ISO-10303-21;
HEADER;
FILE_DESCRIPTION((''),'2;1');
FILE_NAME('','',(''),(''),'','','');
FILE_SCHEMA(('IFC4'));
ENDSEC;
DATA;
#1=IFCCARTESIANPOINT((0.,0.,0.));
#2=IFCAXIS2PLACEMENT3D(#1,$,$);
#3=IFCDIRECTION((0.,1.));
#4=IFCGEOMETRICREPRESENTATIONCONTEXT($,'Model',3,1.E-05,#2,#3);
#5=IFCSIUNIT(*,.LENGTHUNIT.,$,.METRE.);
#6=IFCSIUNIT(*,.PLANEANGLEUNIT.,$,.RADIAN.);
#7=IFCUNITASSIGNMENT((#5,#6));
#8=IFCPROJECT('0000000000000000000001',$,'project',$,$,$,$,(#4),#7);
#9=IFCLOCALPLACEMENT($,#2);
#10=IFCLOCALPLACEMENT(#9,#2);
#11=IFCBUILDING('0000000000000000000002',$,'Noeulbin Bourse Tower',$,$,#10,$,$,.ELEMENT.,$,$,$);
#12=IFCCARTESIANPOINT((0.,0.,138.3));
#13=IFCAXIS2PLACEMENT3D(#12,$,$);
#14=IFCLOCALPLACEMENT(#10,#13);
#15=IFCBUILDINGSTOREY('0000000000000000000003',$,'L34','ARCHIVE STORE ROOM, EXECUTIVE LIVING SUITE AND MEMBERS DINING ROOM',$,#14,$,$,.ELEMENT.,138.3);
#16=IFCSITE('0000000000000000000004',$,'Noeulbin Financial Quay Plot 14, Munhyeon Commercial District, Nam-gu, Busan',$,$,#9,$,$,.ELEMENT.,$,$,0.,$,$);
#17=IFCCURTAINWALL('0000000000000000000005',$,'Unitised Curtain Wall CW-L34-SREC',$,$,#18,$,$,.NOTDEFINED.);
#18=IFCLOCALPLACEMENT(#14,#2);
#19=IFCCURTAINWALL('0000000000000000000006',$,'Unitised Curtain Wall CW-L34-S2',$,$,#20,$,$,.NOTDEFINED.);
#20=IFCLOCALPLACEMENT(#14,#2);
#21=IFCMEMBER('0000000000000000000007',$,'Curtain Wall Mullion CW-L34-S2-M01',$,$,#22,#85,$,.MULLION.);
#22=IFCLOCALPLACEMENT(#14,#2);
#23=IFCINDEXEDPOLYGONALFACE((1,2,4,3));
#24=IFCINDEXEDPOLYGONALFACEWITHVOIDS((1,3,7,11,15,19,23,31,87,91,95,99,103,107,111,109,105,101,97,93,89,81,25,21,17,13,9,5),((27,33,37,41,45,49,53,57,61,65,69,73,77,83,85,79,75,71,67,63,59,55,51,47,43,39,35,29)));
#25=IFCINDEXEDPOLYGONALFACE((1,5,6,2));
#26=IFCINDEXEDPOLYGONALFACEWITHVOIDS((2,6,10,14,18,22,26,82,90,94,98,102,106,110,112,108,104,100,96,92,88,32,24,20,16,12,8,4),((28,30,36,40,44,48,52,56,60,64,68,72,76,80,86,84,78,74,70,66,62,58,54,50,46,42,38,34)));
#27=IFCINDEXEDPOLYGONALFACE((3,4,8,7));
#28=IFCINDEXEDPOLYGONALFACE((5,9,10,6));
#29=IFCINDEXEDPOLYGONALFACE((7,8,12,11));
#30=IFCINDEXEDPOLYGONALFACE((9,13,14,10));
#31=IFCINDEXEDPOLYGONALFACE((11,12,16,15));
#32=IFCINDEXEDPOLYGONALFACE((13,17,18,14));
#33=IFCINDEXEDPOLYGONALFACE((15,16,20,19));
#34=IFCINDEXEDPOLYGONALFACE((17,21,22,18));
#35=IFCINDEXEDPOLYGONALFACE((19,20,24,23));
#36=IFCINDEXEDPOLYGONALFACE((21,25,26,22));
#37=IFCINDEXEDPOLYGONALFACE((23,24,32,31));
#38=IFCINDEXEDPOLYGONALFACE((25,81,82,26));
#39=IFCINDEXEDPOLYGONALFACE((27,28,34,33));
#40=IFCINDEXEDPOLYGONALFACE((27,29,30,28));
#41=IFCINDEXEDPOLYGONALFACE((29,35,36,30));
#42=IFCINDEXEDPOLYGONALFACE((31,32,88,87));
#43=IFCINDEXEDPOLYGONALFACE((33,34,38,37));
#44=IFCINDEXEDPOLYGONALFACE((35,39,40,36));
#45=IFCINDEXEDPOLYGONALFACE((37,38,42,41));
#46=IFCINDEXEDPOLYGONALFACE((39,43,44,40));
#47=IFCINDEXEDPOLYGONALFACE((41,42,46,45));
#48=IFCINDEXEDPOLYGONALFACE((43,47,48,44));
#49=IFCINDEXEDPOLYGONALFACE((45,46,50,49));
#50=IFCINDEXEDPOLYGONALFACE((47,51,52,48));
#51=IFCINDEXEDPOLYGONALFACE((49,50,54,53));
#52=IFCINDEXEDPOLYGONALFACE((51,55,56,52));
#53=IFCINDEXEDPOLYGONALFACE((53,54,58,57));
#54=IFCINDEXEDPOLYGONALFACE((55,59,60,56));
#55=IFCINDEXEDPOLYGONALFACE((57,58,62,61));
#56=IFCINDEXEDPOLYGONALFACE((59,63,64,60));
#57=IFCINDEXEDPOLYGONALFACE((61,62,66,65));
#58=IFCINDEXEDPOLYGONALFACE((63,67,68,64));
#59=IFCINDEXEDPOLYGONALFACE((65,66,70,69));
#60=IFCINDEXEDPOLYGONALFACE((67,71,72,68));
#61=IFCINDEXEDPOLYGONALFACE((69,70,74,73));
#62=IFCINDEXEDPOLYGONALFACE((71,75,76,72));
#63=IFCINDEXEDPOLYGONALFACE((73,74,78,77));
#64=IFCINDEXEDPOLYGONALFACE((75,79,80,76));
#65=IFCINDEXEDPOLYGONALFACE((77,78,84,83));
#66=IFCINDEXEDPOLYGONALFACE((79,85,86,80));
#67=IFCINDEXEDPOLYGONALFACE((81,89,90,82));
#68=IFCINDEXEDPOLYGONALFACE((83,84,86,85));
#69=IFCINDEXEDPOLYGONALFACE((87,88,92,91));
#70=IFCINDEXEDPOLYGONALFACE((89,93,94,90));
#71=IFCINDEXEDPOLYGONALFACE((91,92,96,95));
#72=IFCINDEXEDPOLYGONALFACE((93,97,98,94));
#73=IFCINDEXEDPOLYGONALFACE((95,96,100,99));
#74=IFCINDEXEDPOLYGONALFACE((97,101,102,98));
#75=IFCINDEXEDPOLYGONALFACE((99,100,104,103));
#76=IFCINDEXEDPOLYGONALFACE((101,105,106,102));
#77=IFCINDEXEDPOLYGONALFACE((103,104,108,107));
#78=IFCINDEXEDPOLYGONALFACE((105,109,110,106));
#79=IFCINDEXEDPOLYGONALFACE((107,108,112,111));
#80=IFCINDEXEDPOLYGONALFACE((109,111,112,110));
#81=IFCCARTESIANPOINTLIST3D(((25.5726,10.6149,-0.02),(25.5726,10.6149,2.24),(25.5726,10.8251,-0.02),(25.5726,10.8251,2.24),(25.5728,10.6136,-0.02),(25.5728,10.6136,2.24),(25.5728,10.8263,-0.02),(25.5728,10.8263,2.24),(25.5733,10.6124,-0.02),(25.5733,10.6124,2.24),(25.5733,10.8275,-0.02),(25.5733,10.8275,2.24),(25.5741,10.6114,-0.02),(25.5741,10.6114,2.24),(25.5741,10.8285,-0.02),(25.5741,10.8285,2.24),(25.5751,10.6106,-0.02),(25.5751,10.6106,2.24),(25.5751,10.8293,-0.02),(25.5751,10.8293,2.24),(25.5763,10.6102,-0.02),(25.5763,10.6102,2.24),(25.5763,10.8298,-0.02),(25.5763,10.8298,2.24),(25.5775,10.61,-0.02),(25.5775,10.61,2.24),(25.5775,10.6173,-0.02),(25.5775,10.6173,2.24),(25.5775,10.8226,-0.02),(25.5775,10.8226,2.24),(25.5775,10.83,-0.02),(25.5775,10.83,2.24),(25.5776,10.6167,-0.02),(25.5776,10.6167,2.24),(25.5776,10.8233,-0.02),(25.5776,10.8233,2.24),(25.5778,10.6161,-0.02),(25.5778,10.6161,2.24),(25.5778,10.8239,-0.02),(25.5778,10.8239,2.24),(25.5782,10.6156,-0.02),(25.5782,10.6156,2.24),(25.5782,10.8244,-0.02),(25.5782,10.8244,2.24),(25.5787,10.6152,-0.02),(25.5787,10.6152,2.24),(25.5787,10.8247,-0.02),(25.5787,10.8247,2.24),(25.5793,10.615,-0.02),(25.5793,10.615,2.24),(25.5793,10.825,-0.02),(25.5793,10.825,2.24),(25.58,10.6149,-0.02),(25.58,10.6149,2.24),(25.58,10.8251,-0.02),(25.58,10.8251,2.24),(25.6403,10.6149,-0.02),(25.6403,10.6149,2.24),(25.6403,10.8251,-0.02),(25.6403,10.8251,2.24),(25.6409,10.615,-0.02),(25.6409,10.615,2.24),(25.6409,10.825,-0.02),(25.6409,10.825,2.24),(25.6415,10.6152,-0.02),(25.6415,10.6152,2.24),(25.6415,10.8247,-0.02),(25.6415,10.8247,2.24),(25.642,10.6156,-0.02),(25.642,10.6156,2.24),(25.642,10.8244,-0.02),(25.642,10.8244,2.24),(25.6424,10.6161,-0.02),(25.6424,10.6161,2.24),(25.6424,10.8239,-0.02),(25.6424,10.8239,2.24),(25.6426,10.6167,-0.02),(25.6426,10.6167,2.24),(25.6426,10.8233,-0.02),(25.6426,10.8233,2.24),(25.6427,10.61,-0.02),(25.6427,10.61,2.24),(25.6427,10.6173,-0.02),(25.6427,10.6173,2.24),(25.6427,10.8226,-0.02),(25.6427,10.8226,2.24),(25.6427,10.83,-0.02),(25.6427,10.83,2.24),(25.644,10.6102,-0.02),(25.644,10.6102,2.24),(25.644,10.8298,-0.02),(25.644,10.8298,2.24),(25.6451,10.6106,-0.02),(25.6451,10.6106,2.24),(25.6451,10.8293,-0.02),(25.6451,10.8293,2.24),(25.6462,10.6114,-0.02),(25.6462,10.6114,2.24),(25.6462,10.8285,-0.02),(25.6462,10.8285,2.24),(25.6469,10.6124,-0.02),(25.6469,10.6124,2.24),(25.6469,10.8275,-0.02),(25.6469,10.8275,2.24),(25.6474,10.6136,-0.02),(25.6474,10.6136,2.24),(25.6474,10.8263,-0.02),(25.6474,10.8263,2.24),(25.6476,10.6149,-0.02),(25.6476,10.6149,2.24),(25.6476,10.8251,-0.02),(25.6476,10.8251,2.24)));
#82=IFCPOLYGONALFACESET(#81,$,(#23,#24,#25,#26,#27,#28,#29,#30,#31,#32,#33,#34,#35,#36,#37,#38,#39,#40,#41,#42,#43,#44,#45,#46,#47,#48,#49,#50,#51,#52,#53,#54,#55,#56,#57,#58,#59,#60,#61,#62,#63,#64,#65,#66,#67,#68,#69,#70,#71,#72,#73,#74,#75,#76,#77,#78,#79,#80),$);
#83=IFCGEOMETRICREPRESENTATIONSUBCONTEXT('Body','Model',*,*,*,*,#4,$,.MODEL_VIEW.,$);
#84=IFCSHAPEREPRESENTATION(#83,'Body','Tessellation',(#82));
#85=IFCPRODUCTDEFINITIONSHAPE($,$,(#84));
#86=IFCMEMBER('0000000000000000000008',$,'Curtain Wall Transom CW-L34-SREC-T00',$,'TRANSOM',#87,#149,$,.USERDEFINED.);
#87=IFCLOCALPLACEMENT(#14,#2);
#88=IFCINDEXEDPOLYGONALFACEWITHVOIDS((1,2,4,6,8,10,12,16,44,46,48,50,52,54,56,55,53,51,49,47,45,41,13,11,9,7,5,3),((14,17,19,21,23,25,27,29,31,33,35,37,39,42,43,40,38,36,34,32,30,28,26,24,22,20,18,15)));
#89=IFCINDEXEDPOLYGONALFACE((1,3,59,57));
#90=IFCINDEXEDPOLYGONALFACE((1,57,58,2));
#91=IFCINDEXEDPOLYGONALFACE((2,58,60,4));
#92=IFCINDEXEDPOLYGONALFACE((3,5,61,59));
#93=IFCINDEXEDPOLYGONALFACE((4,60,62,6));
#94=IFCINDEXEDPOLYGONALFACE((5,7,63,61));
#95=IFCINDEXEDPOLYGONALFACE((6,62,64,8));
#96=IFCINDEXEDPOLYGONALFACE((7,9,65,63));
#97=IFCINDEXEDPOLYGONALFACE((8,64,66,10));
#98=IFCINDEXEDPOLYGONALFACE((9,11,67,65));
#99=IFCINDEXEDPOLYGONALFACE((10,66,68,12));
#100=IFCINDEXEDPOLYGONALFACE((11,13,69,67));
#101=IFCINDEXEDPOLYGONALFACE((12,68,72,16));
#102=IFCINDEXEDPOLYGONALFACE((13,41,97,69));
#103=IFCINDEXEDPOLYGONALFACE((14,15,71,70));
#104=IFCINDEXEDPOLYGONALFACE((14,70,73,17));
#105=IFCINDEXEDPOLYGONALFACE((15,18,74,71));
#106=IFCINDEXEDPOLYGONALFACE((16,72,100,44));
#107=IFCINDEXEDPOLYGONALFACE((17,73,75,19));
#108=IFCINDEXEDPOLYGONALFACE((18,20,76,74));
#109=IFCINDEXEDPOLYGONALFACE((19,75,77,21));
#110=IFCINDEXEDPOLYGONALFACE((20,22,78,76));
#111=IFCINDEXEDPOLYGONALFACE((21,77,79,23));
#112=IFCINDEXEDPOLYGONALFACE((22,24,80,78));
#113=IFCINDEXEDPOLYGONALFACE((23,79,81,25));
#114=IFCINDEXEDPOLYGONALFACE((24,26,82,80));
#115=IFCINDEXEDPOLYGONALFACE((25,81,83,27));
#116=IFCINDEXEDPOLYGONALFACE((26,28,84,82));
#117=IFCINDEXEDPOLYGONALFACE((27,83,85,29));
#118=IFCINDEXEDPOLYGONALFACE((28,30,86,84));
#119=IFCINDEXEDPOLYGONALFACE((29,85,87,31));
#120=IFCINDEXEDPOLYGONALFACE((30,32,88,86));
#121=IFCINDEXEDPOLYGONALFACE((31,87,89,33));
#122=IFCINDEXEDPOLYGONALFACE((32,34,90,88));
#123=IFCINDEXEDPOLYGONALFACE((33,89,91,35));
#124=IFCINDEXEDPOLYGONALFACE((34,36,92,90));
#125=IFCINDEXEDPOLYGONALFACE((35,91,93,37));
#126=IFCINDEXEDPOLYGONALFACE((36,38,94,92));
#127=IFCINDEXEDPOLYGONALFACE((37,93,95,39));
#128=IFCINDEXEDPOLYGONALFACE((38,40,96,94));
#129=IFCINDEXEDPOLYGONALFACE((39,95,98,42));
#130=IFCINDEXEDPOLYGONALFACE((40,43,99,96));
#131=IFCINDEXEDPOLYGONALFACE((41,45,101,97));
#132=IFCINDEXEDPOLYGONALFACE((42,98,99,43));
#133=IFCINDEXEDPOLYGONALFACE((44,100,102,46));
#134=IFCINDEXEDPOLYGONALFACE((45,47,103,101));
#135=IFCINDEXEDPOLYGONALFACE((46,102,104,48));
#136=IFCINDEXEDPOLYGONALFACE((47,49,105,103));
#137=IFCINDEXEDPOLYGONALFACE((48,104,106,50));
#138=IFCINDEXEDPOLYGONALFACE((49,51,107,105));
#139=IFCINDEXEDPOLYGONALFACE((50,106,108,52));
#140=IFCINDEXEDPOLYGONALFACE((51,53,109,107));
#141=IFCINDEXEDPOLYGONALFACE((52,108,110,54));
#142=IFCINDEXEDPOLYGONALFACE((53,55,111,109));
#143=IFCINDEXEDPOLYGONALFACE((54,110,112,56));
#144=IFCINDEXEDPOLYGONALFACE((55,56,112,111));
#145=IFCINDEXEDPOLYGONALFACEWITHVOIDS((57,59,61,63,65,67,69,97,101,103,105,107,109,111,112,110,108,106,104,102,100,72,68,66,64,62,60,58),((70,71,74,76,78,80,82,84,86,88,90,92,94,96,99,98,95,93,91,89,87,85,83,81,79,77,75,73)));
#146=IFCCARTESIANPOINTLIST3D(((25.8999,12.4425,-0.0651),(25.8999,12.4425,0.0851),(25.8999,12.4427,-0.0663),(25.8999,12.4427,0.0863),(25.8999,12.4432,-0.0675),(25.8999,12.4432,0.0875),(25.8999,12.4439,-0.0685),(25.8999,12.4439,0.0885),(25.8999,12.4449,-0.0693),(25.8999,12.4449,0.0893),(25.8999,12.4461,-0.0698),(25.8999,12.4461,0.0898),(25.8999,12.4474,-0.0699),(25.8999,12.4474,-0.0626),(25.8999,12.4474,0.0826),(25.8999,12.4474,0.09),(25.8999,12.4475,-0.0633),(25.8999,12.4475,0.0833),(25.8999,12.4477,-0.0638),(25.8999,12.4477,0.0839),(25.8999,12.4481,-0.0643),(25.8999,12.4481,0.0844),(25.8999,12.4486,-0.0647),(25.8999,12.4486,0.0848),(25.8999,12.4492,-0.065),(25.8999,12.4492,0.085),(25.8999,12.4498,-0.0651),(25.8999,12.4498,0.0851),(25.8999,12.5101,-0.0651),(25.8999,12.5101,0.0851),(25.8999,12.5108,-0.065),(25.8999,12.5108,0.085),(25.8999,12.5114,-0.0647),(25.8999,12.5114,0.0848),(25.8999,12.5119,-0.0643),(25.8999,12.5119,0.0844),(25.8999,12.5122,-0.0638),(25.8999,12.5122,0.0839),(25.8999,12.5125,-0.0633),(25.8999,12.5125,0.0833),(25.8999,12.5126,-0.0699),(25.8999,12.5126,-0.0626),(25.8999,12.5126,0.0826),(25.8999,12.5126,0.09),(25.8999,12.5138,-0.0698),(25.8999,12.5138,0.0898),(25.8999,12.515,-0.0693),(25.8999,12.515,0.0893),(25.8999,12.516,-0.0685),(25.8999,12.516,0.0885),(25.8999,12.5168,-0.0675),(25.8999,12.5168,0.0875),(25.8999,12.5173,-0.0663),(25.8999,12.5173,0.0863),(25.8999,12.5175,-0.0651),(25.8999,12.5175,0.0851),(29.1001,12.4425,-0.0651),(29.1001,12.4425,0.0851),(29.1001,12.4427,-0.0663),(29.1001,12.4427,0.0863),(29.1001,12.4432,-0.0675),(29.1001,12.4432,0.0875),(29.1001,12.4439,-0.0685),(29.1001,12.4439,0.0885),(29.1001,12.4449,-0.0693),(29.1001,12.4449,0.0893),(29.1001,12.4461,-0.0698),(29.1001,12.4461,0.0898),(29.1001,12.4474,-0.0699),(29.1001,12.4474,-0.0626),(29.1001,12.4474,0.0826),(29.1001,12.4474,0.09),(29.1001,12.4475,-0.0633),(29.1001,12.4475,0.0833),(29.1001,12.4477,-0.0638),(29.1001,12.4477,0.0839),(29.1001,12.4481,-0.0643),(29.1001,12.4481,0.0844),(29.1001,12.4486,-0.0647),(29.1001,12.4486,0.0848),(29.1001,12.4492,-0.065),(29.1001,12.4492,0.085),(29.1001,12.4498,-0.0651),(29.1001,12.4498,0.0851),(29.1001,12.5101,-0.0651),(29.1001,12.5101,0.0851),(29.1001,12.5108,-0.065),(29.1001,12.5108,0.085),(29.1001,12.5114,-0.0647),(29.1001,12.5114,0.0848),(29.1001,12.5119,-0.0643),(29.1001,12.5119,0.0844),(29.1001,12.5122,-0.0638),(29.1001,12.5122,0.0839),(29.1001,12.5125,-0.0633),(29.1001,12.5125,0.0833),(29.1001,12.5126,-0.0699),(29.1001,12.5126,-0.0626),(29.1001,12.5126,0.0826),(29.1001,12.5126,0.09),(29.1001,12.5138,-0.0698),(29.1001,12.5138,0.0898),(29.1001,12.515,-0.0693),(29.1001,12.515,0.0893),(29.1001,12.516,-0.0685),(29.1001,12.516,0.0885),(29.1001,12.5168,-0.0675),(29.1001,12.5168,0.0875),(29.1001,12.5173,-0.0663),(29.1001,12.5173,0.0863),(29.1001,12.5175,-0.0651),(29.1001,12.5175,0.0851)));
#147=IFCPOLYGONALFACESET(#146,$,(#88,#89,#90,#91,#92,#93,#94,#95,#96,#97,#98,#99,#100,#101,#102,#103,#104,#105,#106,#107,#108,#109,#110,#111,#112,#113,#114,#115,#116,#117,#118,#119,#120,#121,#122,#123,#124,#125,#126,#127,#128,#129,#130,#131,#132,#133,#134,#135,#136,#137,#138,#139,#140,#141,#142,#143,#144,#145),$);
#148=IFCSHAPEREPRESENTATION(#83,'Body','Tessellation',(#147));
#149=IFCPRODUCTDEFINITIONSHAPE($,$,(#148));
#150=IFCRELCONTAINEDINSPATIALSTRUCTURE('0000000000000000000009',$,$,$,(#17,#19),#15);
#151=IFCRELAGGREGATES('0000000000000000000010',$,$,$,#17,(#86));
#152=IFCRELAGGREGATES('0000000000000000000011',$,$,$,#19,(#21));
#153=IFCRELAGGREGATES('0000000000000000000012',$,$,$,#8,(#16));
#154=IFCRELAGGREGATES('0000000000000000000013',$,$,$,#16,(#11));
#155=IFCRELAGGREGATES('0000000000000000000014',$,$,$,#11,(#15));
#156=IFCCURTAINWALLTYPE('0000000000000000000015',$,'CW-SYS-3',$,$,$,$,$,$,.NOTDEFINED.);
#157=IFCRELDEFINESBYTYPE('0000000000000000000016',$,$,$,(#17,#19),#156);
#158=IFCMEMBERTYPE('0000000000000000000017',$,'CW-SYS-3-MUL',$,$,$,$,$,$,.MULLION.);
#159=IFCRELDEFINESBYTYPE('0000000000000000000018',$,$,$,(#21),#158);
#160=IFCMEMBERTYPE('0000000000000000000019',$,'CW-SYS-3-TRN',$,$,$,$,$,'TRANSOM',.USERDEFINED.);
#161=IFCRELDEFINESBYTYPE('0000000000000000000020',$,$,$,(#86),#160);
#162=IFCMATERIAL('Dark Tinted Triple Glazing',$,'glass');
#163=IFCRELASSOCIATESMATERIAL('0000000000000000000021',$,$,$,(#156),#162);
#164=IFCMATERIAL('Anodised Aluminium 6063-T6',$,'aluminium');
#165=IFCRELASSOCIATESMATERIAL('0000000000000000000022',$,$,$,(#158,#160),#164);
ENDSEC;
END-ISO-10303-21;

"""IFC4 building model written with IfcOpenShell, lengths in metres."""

from ifc_helpers import new_model, si_unit, direction, frame, origin, origin_2d, place, context, subcontext, project, spatial, hollow_rectangle, extrude, material, material_profile, profile_set, type_object, element, aggregate, save


model = new_model("IFC4")

# Units and contexts
model_context = context("Model", 3, precision=1e-05, world=origin(), true_north=direction((0.0, 1.0)))
body_context = subcontext(model_context, "Body", "Model", "MODEL_VIEW")
ifc_project = project(units=[si_unit("LENGTHUNIT", "METRE"), si_unit("PLANEANGLEUNIT", "RADIAN")], contexts=[model_context])

# Site, building, storey
site_placement = place(None, origin())
site = spatial("IfcSite", under=ifc_project, at=site_placement, Name="Noeulbin Financial Quay Plot 14, Munhyeon Commercial District, Nam-gu, Busan", CompositionType="ELEMENT", RefElevation=0.0)
building_placement = place(site_placement, origin())
building = spatial("IfcBuilding", under=site, at=building_placement, Name="Noeulbin Bourse Tower", CompositionType="ELEMENT")
storey_placement = place(building_placement, frame((0.0, 0.0, 138.3)))
storey = spatial("IfcBuildingStorey", under=building, at=storey_placement, Name="L34", Description="ARCHIVE STORE ROOM, EXECUTIVE LIVING SUITE AND MEMBERS DINING ROOM", CompositionType="ELEMENT", Elevation=138.3)

# Curtain wall
ifc_material_1 = material(Name="Dark Tinted Triple Glazing", Category="glass")
curtain_wall_type = type_object("IfcCurtainWallType", Name="CW-SYS-3", PredefinedType="NOTDEFINED", material=ifc_material_1)
curtain_wall_1_placement = place(storey_placement, origin())
curtain_wall_1 = element("IfcCurtainWall", 1, at=curtain_wall_1_placement, inside=storey, type_object=curtain_wall_type, Name="Unitised Curtain Wall CW-L34-SREC", PredefinedType="NOTDEFINED")
ifc_material_2 = material(Name="Anodised Aluminium 6063-T6", Category="aluminium")
ifc_material_profile_1 = material_profile(ifc_material_2, hollow_rectangle(XDim=0.075, YDim=0.22, WallThickness=0.0049, InnerFilletRadius=0.0024, OuterFilletRadius=0.0049, at=origin_2d()), Name="ALU-MULL-75x220x5", Category="LoadBearing")
ifc_profile_set_1 = profile_set([ifc_material_profile_1], Name="Anodised Aluminium 6063-T6")
member_type_1 = type_object("IfcMemberType", Name="CW-SYS-3-MUL", PredefinedType="MULLION", material=ifc_profile_set_1)

# Curtain wall, member
curtain_wall_2_placement = place(storey_placement, origin())
curtain_wall_2 = element("IfcCurtainWall", 2, at=curtain_wall_2_placement, inside=storey, type_object=curtain_wall_type, Name="Unitised Curtain Wall CW-L34-S2", PredefinedType="NOTDEFINED")
member_1_placement = place(storey_placement, frame((25.6101, 10.72, -0.02), z_axis=(0.0, 0.0, 1.0), x_axis=(1.0, 0.0, 0.0)))
member_1 = element("IfcMember", 3, at=member_1_placement, type_object=member_type_1, Name="Curtain Wall Mullion CW-L34-S2-M01", PredefinedType="MULLION", context=body_context, shape_type="SweptSolid", body=[
    extrude(hollow_rectangle(XDim=0.075, YDim=0.22, WallThickness=0.0049, InnerFilletRadius=0.0024, OuterFilletRadius=0.0049, at=origin_2d()), origin(), (0.0, 0.0, 1.0), 2.26),
])

# Member
ifc_material_profile_2 = material_profile(ifc_material_2, hollow_rectangle(XDim=0.075, YDim=0.1599, WallThickness=0.0049, InnerFilletRadius=0.0024, OuterFilletRadius=0.0049, at=origin_2d()), Name="ALU-TRAN-75x160x5", Category="LoadBearing")
ifc_profile_set_2 = profile_set([ifc_material_profile_2], Name="Anodised Aluminium 6063-T6")
member_type_2 = type_object("IfcMemberType", Name="CW-SYS-3-TRN", ElementType="TRANSOM", PredefinedType="USERDEFINED", material=ifc_profile_set_2)
member_2_placement = place(storey_placement, frame((25.8999, 12.48, 0.01), z_axis=(1.0, 0.0, 0.0), x_axis=(0.0, 1.0, 0.0)))
member_2 = element("IfcMember", 4, at=member_2_placement, type_object=member_type_2, Name="Curtain Wall Transom CW-L34-SREC-T00", ObjectType="TRANSOM", PredefinedType="USERDEFINED", context=body_context, shape_type="SweptSolid", body=[
    extrude(hollow_rectangle(XDim=0.075, YDim=0.1599, WallThickness=0.0049, InnerFilletRadius=0.0024, OuterFilletRadius=0.0049, at=origin_2d()), origin(), (0.0, 0.0, 1.0), 3.2002),
])
aggregate(curtain_wall_1, [member_2])

aggregate(curtain_wall_2, [member_1])

save(model, "model.ifc")
